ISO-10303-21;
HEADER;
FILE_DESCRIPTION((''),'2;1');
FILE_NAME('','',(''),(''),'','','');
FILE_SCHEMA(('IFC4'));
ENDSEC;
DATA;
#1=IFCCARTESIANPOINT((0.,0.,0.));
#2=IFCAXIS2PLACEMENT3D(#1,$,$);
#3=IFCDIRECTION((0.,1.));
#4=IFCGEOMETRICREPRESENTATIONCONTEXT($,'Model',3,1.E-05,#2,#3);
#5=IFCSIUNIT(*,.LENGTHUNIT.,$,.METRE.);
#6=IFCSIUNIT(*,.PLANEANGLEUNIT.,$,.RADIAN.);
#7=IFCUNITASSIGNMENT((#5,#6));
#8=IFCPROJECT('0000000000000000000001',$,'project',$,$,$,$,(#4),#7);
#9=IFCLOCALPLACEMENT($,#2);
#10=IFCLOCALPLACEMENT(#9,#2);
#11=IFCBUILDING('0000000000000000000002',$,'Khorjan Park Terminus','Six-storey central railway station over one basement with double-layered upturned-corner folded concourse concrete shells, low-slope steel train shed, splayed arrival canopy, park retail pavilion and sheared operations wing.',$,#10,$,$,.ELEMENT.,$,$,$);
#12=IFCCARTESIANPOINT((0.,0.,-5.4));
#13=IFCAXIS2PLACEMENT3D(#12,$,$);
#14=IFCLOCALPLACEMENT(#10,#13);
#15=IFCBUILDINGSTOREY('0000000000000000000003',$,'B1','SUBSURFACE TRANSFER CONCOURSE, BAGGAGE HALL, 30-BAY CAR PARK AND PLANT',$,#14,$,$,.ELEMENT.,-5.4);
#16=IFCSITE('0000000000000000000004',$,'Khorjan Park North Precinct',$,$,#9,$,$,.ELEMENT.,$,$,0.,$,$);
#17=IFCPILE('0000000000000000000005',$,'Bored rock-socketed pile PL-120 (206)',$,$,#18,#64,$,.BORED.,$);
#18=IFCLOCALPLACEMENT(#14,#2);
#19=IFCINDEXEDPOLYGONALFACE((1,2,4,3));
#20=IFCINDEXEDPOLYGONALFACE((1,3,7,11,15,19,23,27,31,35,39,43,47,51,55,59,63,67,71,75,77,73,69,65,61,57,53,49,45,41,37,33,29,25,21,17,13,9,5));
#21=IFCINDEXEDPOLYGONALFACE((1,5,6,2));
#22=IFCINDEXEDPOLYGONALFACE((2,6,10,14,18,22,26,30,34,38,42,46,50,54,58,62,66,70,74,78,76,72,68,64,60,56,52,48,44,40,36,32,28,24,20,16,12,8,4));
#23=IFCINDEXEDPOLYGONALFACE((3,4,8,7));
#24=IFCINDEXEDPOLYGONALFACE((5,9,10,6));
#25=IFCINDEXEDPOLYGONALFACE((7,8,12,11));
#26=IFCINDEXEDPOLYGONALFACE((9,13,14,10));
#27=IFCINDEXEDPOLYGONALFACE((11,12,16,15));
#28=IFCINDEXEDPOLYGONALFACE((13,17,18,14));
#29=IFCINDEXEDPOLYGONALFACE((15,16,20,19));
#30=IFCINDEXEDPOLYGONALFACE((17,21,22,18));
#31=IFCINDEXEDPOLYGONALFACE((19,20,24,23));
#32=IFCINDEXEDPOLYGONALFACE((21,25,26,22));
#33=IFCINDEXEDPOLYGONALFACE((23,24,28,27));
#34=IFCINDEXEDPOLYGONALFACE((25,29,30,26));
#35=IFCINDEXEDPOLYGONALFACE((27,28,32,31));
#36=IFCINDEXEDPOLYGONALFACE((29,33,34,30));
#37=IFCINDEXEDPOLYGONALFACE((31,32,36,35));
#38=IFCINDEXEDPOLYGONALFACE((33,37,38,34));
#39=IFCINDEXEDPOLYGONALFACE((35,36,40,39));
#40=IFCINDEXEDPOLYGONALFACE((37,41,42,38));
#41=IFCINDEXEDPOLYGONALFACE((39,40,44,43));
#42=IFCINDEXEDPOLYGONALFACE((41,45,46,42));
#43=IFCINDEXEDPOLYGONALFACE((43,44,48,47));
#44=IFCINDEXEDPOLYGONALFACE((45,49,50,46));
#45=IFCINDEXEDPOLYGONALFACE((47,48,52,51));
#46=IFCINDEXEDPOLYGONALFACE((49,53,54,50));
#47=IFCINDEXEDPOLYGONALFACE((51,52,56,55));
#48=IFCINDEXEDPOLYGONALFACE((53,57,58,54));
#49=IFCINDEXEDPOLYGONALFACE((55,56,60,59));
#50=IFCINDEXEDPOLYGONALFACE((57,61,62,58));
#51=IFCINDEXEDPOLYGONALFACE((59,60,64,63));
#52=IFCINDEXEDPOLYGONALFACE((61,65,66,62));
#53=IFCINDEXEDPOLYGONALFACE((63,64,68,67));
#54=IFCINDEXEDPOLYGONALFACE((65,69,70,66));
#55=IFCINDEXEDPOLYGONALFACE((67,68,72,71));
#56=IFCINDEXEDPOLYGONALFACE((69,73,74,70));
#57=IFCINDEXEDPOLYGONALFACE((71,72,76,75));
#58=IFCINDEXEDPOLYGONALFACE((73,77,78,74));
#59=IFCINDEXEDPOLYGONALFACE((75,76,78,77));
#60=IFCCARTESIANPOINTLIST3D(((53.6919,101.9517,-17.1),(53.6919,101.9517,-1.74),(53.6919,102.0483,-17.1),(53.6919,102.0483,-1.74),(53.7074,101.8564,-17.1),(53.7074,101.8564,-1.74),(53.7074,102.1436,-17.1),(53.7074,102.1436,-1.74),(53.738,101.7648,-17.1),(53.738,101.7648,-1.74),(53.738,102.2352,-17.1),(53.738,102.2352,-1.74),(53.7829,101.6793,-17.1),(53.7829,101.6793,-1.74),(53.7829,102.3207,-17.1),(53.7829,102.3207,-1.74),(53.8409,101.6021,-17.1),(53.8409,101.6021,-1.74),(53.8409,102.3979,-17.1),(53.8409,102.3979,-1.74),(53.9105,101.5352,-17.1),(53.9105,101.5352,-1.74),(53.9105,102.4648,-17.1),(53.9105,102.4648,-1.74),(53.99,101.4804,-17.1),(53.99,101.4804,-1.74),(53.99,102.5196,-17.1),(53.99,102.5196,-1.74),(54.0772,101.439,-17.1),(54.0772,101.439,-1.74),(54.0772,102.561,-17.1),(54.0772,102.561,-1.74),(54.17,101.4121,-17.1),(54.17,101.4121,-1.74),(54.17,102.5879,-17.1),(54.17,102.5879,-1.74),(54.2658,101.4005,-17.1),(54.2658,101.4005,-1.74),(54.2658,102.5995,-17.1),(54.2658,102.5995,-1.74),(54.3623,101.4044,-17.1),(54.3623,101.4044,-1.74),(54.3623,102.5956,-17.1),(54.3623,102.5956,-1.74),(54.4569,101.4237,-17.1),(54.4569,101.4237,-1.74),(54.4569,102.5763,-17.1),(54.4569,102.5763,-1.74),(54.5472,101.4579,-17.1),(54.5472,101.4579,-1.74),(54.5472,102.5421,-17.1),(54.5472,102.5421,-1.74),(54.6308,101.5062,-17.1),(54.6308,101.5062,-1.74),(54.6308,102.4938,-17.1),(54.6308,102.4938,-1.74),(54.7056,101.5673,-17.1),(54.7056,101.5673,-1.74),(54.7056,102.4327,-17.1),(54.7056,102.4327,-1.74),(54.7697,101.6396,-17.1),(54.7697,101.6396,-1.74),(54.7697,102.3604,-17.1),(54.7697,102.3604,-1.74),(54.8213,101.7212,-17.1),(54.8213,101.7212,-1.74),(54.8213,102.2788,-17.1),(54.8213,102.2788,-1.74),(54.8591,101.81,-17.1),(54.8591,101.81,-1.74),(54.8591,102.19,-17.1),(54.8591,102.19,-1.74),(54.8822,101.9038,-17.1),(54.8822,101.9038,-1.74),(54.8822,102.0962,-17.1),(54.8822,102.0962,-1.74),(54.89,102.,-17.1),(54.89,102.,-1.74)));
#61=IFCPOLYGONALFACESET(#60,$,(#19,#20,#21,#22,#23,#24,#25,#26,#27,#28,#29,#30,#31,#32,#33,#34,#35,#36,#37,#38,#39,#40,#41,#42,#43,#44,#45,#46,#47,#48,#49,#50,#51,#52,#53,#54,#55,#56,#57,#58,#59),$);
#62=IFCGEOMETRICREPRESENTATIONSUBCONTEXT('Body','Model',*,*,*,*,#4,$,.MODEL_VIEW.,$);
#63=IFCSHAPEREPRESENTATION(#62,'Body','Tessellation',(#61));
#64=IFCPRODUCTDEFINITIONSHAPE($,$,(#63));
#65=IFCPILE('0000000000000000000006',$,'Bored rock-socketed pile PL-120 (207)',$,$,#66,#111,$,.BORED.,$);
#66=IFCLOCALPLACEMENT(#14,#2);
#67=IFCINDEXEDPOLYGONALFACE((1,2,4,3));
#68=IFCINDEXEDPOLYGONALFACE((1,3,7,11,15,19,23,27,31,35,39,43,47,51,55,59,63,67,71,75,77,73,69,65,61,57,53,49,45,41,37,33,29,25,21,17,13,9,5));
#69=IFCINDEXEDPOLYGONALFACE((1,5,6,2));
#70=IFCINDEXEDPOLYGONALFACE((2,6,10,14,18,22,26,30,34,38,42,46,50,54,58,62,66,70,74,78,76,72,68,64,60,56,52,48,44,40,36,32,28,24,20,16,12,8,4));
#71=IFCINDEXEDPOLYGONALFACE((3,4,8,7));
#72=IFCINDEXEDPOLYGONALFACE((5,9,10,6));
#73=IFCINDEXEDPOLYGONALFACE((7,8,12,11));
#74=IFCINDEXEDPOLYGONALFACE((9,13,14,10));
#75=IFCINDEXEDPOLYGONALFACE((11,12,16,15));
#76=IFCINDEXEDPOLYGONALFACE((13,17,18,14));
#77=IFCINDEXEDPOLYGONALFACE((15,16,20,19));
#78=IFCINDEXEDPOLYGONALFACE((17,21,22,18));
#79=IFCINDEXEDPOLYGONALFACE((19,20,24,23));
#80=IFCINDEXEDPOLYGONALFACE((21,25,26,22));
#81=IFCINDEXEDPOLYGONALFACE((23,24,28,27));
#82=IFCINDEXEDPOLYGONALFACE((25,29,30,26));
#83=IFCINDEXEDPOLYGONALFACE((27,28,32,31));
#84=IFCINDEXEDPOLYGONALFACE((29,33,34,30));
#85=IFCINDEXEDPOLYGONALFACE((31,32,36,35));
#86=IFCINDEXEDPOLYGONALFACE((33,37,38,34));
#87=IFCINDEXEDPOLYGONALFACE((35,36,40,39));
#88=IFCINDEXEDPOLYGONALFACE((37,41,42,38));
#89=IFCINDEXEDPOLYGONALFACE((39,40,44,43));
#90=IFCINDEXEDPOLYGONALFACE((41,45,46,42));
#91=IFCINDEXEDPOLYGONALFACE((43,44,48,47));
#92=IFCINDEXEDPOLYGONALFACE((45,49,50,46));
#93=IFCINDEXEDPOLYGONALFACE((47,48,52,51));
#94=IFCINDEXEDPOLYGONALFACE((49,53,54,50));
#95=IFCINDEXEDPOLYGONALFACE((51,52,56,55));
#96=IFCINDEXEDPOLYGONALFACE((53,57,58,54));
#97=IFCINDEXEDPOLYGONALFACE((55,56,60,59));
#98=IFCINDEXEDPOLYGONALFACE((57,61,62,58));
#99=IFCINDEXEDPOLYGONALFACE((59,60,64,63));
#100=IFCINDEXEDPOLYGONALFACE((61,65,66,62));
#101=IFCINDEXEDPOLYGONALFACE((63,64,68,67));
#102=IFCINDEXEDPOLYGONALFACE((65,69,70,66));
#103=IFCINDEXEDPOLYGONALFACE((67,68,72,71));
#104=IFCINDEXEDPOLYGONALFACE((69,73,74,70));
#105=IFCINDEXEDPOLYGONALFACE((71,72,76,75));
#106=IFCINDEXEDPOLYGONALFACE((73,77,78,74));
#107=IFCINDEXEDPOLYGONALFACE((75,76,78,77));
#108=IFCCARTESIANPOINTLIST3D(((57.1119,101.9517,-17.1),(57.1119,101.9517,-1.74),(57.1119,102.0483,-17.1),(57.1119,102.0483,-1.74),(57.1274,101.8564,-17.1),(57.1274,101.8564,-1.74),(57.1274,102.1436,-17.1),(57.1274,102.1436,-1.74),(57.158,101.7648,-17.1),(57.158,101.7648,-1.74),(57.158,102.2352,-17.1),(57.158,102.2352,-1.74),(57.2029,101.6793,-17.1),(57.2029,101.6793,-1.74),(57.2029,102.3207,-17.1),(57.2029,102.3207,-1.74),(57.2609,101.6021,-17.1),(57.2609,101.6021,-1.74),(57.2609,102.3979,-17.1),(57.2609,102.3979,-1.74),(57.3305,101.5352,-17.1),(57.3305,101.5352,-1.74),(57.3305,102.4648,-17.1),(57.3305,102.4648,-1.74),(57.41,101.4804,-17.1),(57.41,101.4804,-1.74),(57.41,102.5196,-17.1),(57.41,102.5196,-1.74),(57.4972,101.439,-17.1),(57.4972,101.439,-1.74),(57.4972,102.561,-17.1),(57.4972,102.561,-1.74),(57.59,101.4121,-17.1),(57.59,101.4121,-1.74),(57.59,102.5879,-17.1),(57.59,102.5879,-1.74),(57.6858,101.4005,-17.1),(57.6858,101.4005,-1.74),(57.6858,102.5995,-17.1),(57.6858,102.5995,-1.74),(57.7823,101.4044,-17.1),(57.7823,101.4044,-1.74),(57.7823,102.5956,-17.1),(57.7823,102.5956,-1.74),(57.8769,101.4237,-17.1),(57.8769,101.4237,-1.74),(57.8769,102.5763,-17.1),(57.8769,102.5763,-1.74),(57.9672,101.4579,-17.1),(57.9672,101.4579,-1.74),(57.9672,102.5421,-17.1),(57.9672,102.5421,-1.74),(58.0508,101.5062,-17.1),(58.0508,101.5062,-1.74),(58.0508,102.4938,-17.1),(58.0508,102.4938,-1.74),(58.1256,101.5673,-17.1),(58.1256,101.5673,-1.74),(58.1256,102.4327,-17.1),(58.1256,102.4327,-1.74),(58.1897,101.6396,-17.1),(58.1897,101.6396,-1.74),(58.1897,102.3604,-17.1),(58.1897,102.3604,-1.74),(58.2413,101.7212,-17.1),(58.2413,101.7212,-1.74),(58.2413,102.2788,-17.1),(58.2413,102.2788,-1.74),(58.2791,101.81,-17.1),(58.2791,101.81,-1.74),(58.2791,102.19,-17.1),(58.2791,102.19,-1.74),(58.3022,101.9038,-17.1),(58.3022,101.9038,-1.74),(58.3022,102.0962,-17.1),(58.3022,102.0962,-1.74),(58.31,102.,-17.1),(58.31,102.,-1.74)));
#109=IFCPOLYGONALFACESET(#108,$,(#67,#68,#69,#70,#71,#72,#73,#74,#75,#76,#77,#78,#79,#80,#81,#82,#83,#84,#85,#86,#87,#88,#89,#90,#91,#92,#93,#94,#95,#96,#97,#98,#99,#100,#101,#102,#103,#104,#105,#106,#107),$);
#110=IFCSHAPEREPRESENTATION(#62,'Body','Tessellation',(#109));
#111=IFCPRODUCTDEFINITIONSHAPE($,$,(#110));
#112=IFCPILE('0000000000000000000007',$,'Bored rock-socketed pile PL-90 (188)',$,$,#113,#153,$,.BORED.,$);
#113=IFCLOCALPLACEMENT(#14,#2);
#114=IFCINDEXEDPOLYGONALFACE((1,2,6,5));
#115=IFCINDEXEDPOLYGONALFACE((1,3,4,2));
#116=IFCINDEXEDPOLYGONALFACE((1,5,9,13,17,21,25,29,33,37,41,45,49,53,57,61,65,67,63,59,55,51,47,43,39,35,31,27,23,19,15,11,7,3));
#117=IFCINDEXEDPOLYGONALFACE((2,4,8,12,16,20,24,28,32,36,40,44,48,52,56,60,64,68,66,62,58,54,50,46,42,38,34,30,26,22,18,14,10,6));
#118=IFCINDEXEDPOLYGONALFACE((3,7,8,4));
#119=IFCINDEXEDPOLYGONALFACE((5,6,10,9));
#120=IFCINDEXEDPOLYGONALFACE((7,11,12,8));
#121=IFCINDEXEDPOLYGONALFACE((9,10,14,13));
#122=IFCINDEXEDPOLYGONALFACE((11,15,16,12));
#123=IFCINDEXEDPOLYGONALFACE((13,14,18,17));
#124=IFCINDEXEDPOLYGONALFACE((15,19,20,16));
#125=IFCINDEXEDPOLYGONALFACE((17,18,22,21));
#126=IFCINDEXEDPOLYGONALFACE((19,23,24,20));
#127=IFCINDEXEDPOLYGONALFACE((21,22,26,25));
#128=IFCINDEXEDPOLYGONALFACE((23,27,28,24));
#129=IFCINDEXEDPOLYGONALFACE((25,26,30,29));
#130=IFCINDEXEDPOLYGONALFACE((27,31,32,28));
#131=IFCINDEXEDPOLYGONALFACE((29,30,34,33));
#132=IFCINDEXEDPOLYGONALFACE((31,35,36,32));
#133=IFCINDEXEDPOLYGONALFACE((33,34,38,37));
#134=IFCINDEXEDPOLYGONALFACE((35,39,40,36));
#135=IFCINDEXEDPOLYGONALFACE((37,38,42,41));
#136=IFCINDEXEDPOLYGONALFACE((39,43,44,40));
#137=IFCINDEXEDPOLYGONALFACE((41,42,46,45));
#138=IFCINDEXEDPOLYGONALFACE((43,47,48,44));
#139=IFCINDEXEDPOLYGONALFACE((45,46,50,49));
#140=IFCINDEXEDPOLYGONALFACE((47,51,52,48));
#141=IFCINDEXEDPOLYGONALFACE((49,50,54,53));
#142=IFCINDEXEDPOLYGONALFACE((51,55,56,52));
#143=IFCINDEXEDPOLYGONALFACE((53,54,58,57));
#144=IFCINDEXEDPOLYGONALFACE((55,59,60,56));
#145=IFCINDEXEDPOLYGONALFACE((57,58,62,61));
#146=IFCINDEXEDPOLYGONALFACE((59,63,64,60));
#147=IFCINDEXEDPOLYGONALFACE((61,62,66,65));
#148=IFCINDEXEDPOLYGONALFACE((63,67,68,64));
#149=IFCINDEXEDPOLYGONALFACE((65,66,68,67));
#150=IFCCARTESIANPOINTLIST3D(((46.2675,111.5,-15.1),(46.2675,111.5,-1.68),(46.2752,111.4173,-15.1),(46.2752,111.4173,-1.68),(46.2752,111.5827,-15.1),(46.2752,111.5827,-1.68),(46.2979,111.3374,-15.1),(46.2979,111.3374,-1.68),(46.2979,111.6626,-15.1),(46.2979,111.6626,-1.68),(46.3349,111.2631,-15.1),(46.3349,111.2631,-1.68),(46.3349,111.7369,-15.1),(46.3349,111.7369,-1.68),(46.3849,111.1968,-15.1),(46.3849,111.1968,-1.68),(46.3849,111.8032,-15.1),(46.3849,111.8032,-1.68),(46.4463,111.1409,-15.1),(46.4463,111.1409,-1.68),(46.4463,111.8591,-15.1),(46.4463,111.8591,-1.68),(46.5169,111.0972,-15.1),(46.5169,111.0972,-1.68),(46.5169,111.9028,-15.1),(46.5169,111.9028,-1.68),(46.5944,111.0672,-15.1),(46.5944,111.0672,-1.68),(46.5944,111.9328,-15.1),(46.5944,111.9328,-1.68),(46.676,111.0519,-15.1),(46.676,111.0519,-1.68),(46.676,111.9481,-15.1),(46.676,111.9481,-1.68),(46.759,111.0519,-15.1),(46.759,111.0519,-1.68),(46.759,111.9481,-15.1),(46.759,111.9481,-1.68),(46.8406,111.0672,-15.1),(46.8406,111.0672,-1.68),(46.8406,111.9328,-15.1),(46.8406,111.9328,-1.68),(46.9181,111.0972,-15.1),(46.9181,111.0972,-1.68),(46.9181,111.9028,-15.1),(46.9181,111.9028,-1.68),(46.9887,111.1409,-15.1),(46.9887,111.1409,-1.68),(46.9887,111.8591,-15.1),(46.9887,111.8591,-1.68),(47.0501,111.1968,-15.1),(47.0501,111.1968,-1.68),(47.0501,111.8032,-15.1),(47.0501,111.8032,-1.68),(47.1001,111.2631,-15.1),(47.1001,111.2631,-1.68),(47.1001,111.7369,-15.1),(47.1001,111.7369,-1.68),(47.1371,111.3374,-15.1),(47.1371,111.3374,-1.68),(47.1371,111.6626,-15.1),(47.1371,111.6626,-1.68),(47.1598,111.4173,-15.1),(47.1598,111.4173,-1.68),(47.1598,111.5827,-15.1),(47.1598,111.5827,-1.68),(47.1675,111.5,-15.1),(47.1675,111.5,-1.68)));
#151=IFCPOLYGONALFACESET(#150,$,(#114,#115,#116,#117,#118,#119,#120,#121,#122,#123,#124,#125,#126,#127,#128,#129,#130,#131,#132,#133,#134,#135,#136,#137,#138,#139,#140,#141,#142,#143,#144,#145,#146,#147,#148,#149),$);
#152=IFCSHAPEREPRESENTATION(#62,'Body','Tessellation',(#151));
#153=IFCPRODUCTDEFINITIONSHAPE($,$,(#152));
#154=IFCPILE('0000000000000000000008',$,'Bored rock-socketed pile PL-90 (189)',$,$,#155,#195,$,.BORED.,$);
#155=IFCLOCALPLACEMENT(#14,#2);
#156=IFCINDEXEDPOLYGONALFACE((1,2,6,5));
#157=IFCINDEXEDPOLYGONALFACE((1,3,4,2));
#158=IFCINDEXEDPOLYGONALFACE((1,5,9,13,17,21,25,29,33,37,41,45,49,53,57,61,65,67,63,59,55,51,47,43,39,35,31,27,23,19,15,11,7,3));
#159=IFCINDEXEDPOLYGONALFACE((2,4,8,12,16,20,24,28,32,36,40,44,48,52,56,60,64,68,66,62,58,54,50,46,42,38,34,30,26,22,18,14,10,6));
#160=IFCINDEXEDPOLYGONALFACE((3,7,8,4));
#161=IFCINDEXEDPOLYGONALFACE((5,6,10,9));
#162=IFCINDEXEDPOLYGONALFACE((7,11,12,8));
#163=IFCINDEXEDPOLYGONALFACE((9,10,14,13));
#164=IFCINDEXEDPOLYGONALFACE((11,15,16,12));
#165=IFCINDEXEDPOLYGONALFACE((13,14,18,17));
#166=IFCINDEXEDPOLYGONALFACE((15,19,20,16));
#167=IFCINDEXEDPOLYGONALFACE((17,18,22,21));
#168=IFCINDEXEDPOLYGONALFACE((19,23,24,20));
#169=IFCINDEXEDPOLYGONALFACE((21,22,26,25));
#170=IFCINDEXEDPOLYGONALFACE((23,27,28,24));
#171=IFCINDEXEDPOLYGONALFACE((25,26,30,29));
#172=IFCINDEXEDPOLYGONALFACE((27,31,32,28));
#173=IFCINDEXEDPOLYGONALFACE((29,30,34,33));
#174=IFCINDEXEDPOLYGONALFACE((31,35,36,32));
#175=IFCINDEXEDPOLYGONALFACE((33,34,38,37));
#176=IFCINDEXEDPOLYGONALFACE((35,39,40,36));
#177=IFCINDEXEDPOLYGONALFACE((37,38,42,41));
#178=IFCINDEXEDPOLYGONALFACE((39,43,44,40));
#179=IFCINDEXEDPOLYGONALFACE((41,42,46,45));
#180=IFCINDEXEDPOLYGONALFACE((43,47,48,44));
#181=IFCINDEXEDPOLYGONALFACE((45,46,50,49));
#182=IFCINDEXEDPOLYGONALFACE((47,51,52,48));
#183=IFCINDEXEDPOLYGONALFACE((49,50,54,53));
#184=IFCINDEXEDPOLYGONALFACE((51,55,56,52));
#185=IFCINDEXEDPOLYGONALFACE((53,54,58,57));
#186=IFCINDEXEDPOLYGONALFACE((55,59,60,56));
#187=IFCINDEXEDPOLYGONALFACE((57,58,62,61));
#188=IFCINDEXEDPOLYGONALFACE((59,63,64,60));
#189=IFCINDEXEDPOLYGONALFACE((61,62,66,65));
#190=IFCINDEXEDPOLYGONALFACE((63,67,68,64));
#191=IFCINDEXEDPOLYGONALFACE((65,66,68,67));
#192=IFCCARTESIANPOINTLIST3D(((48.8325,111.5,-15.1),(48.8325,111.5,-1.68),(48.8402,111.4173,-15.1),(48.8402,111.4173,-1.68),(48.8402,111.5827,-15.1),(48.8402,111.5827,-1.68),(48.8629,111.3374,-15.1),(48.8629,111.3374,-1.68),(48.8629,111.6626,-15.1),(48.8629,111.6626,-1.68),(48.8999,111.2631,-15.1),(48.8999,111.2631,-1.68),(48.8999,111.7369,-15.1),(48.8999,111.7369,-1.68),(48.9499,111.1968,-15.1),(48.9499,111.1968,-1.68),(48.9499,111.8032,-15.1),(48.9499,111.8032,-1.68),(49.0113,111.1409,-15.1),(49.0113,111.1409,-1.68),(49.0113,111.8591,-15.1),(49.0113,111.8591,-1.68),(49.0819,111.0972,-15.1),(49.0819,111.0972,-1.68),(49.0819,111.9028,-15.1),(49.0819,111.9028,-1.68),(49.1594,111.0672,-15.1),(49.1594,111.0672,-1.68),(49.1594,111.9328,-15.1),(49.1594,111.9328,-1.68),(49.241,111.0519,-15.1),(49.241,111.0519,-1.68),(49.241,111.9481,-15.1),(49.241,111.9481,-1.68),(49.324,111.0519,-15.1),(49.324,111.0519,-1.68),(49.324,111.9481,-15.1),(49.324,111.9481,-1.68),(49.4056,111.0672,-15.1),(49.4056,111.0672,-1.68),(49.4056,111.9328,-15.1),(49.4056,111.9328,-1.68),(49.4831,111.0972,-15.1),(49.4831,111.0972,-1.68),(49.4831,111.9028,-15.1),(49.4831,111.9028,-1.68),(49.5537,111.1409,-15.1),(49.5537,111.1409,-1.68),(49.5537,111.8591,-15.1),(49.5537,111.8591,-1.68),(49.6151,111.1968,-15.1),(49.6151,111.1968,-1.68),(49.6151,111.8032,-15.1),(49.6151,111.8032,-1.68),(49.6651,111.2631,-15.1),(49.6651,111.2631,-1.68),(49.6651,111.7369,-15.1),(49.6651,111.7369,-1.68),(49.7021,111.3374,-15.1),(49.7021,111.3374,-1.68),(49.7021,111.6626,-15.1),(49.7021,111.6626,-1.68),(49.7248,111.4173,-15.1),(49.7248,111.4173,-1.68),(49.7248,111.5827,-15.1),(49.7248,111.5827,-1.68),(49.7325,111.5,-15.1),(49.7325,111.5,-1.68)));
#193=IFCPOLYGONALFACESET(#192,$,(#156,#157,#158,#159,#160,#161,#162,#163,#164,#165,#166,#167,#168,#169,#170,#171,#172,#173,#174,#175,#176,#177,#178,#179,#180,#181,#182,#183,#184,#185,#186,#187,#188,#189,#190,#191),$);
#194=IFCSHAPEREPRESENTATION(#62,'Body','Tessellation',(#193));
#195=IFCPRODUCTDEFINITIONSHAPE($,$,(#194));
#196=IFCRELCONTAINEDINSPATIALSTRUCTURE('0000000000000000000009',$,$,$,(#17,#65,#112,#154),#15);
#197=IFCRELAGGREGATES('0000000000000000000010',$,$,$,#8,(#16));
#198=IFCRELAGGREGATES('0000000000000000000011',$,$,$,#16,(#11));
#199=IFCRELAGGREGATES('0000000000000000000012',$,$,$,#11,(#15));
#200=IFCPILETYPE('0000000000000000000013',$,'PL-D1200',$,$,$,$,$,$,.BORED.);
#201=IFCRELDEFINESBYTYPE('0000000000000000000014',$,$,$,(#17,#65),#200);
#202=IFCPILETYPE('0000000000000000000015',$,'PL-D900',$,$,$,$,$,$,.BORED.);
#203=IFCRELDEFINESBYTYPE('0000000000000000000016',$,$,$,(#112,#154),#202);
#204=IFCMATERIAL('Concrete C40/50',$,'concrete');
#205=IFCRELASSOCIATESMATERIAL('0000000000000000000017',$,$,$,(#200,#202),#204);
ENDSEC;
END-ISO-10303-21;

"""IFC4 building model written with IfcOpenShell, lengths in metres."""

from ifc_helpers import new_model, si_unit, direction, frame, origin, origin_2d, place, context, subcontext, project, spatial, circle, extrude, material, material_profile, profile_set, type_object, element, save


model = new_model("IFC4")

# Units and contexts
model_context = context("Model", 3, precision=1e-05, world=origin(), true_north=direction((0.0, 1.0)))
body_context = subcontext(model_context, "Body", "Model", "MODEL_VIEW")
ifc_project = project(units=[si_unit("LENGTHUNIT", "METRE"), si_unit("PLANEANGLEUNIT", "RADIAN")], contexts=[model_context])

# Site, building, storey
site_placement = place(None, origin())
site = spatial("IfcSite", under=ifc_project, at=site_placement, Name="Khorjan Park North Precinct", CompositionType="ELEMENT", RefElevation=0.0)
building_placement = place(site_placement, origin())
building = spatial("IfcBuilding", under=site, at=building_placement, Name="Khorjan Park Terminus", Description="Six-storey central railway station over one basement with double-layered upturned-corner folded concourse concrete shells, low-slope steel train shed, splayed arrival canopy, park retail pavilion and sheared operations wing.", CompositionType="ELEMENT")
storey_placement = place(building_placement, frame((0.0, 0.0, -5.4)))
storey = spatial("IfcBuildingStorey", under=building, at=storey_placement, Name="B1", Description="SUBSURFACE TRANSFER CONCOURSE, BAGGAGE HALL, 30-BAY CAR PARK AND PLANT", CompositionType="ELEMENT", Elevation=-5.4)

# Shared definitions
ifc_material_1 = material(Name="Concrete C40/50", Category="concrete")

# Piles
ifc_material_profile_1 = material_profile(ifc_material_1, circle(Radius=0.6, at=origin_2d()), Name="BORED D1200")
ifc_profile_set_1 = profile_set([ifc_material_profile_1], Name="Concrete C40/50")
pile_type_1 = type_object("IfcPileType", Name="PL-D1200", PredefinedType="BORED", material=ifc_profile_set_1)
for number, where, z_axis, x_axis, name in (
    (1, (54.29, 102.0, -1.74), (0.0, 0.0, -1.0), (1.0, 0.0, 0.0), "Bored rock-socketed pile PL-120 (206)"),
    (2, (57.71, 102.0, -1.74), (0.0, 0.0, -1.0), (1.0, 0.0, 0.0), "Bored rock-socketed pile PL-120 (207)"),
):
    element("IfcPile", number, at=place(storey_placement, frame(where, z_axis=z_axis, x_axis=x_axis)), inside=storey, type_object=pile_type_1, Name=name, PredefinedType="BORED", context=body_context, shape_type="SweptSolid", body=[
        extrude(circle(Radius=0.6, at=origin_2d()), origin(), (0.0, 0.0, 1.0), 15.36),
    ])
ifc_material_profile_2 = material_profile(ifc_material_1, circle(Radius=0.45, at=origin_2d()), Name="BORED D900")
ifc_profile_set_2 = profile_set([ifc_material_profile_2], Name="Concrete C40/50")
pile_type_2 = type_object("IfcPileType", Name="PL-D900", PredefinedType="BORED", material=ifc_profile_set_2)
for number, where, z_axis, x_axis, name in (
    (3, (46.7175, 111.5, -1.68), (0.0, 0.0, -1.0), (1.0, 0.0, 0.0), "Bored rock-socketed pile PL-90 (188)"),
    (4, (49.2825, 111.5, -1.68), (0.0, 0.0, -1.0), (1.0, 0.0, 0.0), "Bored rock-socketed pile PL-90 (189)"),
):
    element("IfcPile", number, at=place(storey_placement, frame(where, z_axis=z_axis, x_axis=x_axis)), inside=storey, type_object=pile_type_2, Name=name, PredefinedType="BORED", context=body_context, shape_type="SweptSolid", body=[
        extrude(circle(Radius=0.45, at=origin_2d()), origin(), (0.0, 0.0, 1.0), 13.42),
    ])

save(model, "model.ifc")
